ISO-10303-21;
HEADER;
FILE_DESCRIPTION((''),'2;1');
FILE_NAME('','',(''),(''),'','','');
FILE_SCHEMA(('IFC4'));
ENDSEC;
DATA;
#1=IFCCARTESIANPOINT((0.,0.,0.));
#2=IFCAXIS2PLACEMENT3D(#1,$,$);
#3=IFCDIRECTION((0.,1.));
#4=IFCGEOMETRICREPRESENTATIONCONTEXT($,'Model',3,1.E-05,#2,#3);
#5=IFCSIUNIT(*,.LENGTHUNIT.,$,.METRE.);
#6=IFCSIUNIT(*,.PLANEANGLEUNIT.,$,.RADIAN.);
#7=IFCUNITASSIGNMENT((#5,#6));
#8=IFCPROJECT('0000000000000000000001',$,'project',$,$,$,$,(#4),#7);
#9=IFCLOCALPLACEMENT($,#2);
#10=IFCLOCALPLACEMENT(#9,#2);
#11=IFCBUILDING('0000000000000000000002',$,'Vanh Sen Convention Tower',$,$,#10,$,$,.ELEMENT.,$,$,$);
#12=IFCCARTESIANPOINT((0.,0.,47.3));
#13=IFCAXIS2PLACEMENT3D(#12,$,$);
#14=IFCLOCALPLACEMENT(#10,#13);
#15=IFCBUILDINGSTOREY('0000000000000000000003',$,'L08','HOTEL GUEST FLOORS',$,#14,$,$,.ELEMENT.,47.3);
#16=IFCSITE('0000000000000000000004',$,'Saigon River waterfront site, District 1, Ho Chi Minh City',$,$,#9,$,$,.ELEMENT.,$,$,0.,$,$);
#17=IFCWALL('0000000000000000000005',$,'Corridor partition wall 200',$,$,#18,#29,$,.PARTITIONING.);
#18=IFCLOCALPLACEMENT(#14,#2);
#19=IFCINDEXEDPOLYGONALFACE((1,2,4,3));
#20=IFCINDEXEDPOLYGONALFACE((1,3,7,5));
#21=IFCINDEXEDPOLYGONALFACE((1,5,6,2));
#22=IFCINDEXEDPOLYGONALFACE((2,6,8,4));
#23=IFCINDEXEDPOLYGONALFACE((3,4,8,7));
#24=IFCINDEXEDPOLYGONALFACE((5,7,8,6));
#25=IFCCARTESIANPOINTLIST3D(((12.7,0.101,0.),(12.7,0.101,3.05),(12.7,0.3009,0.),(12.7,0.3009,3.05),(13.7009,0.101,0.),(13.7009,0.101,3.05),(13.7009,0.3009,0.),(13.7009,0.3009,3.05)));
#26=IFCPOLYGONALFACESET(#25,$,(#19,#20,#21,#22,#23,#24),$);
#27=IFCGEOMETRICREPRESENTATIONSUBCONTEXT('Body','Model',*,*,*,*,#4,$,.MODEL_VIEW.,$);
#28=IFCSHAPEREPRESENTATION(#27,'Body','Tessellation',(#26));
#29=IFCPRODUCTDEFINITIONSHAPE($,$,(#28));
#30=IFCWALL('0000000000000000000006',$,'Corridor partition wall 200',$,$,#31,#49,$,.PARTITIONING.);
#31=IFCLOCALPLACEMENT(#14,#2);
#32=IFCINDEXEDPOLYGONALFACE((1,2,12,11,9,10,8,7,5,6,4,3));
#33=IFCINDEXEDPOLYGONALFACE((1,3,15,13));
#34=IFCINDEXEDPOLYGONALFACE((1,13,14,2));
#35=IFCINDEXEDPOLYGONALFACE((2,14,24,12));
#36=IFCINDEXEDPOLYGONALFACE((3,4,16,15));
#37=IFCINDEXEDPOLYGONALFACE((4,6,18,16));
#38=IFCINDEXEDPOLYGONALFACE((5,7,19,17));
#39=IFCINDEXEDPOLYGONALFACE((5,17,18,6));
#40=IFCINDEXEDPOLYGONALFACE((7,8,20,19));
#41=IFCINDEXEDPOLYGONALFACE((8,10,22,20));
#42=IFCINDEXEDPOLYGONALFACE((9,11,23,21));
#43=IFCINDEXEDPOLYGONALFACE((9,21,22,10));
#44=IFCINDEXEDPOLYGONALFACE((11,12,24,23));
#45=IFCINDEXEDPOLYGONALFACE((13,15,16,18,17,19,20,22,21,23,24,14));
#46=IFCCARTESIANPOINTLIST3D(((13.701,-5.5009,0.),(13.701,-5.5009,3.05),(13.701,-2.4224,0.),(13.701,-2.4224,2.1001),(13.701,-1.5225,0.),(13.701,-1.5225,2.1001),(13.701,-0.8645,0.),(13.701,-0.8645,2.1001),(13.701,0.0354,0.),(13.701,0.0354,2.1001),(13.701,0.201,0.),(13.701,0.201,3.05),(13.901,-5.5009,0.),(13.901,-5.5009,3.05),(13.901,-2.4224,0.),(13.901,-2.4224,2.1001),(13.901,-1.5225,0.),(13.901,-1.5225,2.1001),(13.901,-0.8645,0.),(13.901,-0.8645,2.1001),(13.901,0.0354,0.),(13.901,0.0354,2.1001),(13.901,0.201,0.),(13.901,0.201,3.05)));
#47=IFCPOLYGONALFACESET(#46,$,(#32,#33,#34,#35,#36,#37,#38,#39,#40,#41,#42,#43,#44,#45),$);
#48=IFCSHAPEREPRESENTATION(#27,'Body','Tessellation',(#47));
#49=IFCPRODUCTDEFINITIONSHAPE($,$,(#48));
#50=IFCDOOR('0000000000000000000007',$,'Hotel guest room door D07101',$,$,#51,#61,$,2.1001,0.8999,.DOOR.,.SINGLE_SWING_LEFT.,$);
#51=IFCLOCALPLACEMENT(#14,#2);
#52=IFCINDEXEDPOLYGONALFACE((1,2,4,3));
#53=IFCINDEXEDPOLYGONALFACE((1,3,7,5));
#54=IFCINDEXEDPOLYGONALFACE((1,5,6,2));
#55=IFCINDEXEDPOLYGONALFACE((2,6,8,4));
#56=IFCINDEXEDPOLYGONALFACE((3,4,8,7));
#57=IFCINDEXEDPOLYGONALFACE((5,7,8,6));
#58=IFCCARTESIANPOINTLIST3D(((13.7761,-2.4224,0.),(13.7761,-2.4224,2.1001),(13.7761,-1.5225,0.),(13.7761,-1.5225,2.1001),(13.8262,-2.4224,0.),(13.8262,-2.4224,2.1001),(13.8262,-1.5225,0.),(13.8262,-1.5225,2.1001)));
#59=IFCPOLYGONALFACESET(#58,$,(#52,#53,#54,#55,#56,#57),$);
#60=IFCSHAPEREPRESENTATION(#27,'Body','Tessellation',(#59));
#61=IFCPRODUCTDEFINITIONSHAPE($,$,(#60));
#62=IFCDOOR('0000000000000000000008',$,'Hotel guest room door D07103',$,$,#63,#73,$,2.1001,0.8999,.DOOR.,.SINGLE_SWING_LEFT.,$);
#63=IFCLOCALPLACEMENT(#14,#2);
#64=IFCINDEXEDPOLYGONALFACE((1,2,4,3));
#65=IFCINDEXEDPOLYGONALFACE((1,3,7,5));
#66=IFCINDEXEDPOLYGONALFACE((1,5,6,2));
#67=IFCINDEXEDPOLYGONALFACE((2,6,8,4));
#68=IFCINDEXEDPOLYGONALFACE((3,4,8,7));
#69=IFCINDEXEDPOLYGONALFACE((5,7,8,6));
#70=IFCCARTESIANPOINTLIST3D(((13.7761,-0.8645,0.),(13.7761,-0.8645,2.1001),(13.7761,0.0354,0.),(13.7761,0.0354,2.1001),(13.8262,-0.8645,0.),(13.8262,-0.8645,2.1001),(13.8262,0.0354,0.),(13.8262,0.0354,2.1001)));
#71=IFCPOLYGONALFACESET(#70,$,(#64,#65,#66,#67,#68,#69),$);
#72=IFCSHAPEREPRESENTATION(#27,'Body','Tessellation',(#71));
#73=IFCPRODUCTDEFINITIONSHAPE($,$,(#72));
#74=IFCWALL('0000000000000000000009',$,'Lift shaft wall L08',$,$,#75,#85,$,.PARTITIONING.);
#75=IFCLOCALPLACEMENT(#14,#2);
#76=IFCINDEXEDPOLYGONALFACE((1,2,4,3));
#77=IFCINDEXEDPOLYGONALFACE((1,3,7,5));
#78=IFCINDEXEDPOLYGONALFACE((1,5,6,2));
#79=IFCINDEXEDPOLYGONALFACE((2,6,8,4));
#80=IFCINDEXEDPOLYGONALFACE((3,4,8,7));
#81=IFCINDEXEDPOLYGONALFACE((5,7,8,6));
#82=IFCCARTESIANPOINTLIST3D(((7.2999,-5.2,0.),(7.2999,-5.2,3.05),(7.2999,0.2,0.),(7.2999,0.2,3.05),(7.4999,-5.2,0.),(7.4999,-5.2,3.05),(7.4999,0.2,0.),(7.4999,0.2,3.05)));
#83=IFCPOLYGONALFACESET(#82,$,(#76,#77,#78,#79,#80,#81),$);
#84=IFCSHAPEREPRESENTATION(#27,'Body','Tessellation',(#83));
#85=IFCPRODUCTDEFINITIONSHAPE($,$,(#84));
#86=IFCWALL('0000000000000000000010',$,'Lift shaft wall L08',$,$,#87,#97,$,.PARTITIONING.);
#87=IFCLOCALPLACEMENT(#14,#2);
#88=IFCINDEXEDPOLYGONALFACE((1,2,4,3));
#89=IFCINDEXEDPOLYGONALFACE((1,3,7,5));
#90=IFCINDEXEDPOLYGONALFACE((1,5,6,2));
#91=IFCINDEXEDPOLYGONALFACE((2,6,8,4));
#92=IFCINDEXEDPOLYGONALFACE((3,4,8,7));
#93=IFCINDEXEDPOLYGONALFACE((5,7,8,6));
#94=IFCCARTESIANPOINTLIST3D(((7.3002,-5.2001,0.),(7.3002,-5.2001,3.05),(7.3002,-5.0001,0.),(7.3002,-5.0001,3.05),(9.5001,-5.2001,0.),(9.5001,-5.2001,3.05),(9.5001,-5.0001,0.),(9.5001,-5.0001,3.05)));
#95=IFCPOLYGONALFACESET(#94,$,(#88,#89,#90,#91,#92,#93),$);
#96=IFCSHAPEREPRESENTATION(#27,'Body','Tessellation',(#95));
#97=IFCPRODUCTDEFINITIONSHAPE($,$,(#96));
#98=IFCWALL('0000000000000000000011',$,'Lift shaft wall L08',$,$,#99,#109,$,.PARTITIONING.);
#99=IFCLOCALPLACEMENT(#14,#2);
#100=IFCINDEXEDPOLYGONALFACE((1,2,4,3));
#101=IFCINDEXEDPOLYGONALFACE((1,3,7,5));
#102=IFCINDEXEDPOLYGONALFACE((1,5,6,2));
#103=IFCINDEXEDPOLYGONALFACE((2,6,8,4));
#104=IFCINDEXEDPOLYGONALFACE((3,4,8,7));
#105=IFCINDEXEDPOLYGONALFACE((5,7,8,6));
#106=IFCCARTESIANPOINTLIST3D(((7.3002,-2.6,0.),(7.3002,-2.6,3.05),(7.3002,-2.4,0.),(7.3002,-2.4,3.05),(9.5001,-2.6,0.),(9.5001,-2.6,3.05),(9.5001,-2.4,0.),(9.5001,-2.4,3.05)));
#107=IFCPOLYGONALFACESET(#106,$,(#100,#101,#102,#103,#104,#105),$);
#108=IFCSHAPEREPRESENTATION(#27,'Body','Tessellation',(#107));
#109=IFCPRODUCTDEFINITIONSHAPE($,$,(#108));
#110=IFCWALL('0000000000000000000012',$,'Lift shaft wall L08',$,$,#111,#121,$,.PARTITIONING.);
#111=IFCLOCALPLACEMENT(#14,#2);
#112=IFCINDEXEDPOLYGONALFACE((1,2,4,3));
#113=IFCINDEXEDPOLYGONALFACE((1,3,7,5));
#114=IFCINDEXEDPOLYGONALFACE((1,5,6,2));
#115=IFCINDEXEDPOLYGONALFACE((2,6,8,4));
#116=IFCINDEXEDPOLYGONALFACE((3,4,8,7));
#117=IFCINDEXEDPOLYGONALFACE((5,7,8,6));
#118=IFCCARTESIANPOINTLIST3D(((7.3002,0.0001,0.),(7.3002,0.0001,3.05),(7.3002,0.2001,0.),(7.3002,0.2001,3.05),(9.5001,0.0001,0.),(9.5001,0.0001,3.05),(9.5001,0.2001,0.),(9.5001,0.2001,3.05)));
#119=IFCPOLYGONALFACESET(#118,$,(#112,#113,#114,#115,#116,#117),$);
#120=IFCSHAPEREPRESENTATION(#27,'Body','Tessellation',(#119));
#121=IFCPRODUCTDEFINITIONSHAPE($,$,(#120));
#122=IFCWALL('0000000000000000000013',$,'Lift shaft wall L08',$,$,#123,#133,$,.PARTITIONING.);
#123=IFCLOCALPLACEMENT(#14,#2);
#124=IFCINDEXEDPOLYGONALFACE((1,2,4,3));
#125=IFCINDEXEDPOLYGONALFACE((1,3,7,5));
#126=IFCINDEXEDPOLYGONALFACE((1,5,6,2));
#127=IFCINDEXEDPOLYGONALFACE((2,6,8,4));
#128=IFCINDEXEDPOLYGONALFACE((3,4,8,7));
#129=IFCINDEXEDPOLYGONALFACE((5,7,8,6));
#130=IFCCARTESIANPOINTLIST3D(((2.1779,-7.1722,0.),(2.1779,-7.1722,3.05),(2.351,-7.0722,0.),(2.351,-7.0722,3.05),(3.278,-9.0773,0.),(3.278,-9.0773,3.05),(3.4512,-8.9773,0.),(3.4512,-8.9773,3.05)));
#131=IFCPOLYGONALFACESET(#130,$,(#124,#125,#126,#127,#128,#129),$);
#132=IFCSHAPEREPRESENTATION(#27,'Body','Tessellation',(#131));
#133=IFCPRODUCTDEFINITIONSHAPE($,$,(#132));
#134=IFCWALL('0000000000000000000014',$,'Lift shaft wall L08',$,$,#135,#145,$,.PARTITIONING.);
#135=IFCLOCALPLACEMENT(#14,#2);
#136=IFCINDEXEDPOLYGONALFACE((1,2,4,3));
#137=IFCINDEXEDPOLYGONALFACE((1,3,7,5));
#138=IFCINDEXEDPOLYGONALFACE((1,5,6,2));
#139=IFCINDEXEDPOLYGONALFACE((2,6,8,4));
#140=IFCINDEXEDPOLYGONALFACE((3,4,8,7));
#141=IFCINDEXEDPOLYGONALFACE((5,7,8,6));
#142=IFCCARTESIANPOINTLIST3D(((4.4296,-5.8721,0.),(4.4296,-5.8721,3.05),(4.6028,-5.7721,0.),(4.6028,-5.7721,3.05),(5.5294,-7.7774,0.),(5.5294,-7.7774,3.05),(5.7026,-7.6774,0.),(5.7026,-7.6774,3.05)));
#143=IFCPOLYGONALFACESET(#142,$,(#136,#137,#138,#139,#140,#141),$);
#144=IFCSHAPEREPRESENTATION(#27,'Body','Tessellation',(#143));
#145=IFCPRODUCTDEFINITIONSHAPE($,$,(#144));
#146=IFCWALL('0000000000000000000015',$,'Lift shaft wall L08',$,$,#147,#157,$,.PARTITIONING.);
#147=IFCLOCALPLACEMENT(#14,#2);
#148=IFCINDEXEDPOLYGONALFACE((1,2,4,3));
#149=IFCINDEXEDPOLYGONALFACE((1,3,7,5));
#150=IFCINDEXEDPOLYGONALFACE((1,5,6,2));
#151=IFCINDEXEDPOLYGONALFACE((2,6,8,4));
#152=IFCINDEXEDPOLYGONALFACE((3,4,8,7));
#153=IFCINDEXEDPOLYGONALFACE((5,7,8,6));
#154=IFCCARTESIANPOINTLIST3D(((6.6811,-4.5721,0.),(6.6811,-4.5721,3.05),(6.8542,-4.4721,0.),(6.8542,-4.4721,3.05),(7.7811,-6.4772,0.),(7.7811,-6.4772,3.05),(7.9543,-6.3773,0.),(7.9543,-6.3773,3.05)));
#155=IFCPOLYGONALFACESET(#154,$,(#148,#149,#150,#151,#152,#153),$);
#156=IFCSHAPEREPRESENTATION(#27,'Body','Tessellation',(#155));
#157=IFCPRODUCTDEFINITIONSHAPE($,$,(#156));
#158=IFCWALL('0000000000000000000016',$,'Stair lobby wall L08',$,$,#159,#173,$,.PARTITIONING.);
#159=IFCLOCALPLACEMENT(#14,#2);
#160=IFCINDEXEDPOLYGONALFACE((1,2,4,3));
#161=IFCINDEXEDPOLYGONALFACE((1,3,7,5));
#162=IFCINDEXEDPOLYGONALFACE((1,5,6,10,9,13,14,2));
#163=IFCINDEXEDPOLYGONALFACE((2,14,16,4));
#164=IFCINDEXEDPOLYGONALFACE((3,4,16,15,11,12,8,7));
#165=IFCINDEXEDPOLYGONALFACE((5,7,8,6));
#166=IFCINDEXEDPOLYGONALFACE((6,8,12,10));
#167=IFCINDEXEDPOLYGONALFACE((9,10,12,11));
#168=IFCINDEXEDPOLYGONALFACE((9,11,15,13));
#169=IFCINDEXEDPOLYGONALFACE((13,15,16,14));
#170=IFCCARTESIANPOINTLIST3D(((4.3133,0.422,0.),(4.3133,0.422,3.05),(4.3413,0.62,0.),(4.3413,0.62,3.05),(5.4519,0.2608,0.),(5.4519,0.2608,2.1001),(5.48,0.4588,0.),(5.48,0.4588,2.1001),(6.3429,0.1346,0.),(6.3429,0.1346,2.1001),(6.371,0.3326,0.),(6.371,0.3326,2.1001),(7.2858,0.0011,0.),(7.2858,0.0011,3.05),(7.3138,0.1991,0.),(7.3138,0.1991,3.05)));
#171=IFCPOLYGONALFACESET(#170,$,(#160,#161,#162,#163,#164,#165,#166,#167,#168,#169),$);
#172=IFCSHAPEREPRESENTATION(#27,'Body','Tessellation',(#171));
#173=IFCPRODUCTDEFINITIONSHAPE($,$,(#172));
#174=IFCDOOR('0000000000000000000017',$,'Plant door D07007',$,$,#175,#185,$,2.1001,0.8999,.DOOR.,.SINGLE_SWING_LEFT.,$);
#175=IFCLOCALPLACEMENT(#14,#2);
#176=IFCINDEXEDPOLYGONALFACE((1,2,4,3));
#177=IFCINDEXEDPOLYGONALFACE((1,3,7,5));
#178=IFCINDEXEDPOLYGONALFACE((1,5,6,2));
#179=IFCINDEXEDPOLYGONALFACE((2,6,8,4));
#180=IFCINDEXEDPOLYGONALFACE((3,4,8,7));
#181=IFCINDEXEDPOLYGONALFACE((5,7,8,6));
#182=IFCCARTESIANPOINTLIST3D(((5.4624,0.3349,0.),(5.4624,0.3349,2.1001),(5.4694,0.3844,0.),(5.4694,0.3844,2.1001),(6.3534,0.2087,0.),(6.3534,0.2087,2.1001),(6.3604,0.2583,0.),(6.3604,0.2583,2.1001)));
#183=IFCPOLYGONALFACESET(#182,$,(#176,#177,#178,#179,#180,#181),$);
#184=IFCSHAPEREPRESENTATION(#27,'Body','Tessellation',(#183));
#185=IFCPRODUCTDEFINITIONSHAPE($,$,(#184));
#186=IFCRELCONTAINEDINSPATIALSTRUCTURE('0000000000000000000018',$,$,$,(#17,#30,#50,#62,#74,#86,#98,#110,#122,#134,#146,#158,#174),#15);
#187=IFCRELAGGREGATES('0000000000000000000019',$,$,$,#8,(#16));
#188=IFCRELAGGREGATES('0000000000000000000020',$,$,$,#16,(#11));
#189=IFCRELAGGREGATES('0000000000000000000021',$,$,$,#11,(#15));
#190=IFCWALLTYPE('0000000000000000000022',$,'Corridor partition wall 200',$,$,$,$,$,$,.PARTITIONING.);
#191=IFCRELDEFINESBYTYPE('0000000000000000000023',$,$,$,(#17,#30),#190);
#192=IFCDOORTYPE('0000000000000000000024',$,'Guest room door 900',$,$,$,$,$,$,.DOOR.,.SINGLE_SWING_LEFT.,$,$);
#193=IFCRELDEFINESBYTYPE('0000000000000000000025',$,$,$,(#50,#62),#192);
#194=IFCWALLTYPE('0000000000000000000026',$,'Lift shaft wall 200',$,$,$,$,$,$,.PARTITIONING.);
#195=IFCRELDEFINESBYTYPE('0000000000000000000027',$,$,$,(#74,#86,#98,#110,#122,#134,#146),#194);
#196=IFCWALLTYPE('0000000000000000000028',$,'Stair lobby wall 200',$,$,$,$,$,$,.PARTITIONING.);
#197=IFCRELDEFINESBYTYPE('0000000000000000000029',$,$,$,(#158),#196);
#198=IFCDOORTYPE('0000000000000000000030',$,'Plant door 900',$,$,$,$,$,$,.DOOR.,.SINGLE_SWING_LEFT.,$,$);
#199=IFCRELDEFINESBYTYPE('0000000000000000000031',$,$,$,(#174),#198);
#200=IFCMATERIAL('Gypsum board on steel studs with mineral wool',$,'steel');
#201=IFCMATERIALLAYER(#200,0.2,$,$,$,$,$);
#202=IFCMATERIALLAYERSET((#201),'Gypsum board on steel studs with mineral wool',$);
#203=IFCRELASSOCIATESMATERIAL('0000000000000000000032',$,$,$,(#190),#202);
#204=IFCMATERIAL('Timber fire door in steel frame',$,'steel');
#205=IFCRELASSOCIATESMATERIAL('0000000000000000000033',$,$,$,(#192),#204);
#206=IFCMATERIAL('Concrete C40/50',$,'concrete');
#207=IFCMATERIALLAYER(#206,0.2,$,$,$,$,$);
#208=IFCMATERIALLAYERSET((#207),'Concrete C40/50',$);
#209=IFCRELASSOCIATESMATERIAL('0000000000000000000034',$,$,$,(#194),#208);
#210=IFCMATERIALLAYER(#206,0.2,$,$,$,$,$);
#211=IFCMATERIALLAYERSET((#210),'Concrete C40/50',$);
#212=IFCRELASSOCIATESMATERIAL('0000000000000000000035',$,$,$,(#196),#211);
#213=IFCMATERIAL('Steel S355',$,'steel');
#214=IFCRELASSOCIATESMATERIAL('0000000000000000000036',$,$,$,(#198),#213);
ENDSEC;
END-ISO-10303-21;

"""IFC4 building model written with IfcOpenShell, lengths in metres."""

from ifc_helpers import new_model, si_unit, direction, frame, frame_2d, origin, place, context, subcontext, project, spatial, rectangle, extrude, material, layer, layer_set, type_object, element, fill, save


model = new_model("IFC4")

# Units and contexts
model_context = context("Model", 3, precision=1e-05, world=origin(), true_north=direction((0.0, 1.0)))
body_context = subcontext(model_context, "Body", "Model", "MODEL_VIEW")
ifc_project = project(units=[si_unit("LENGTHUNIT", "METRE"), si_unit("PLANEANGLEUNIT", "RADIAN")], contexts=[model_context])

# Site, building, storey
site_placement = place(None, origin())
site = spatial("IfcSite", under=ifc_project, at=site_placement, Name="Saigon River waterfront site, District 1, Ho Chi Minh City", CompositionType="ELEMENT", RefElevation=0.0)
building_placement = place(site_placement, origin())
building = spatial("IfcBuilding", under=site, at=building_placement, Name="Vanh Sen Convention Tower", CompositionType="ELEMENT")
storey_placement = place(building_placement, frame((0.0, 0.0, 47.3)))
storey = spatial("IfcBuildingStorey", under=building, at=storey_placement, Name="L08", Description="HOTEL GUEST FLOORS", CompositionType="ELEMENT", Elevation=47.3)

# Shared definitions
ifc_material_1 = material(Name="Steel S355", Category="steel")

# Shared definitions
ifc_material_2 = material(Name="Gypsum board on steel studs with mineral wool", Category="steel")
ifc_layer_1 = layer(ifc_material_2, 0.2)
ifc_layer_set_1 = layer_set([ifc_layer_1], Name="Gypsum board on steel studs with mineral wool")
wall_type_1 = type_object("IfcWallType", Name="Corridor partition wall 200", PredefinedType="PARTITIONING", material=ifc_layer_set_1)

# Shared definitions
ifc_material_3 = material(Name="Timber fire door in steel frame", Category="steel")

# Wall
wall_1_placement = place(storey_placement, frame((13.7009, 0.2009, 0.0), z_axis=(0.0, 0.0, 1.0), x_axis=(-1.0, 0.0, 0.0)))
element("IfcWall", 1, at=wall_1_placement, inside=storey, type_object=wall_type_1, Name="Corridor partition wall 200", PredefinedType="PARTITIONING", context=body_context, shape_type="SweptSolid", body=[
    extrude(rectangle(XDim=1.001, YDim=0.2, at=frame_2d((0.5005, 0.0))), origin(), (0.0, 0.0, 1.0), 3.05),
])

# Wall, openings, doors
wall_2_placement = place(storey_placement, frame((13.801, -5.501, 0.0), z_axis=(0.0, 0.0, 1.0), x_axis=(0.0, 1.0, 0.0)))
wall_2 = element("IfcWall", 2, at=wall_2_placement, inside=storey, type_object=wall_type_1, Name="Corridor partition wall 200", PredefinedType="PARTITIONING", context=body_context, shape_type="SweptSolid", body=[
    extrude(rectangle(XDim=5.7019, YDim=0.2, at=frame_2d((2.8511, 0.0))), origin(), (0.0, 0.0, 1.0), 3.05),
])
opening_1_placement = place(wall_2_placement, frame((3.0786, 0.0, 0.0)))
opening_1 = element("IfcOpeningElement", 3, at=opening_1_placement, cuts=wall_2, PredefinedType="OPENING", context=body_context, shape_type="SweptSolid", body=[
    extrude(rectangle(XDim=0.8999, YDim=2.1001, at=frame_2d((0.45, 1.05))), frame((0.0, 0.1099, 0.0), z_axis=(0.0, -1.0, 0.0), x_axis=(1.0, 0.0, 0.0)), (0.0, 0.0, 1.0), 0.22),
])
opening_2_placement = place(wall_2_placement, frame((4.6365, 0.0, 0.0)))
opening_2 = element("IfcOpeningElement", 4, at=opening_2_placement, cuts=wall_2, PredefinedType="OPENING", context=body_context, shape_type="SweptSolid", body=[
    extrude(rectangle(XDim=0.8999, YDim=2.1001, at=frame_2d((0.45, 1.05))), frame((0.0, 0.1099, 0.0), z_axis=(0.0, -1.0, 0.0), x_axis=(1.0, 0.0, 0.0)), (0.0, 0.0, 1.0), 0.22),
])
door_type_1 = type_object("IfcDoorType", Name="Guest room door 900", OperationType="SINGLE_SWING_LEFT", PredefinedType="DOOR", material=ifc_material_3)
door_1_placement = place(opening_1_placement, origin())
door_1 = element("IfcDoor", 5, at=door_1_placement, inside=storey, type_object=door_type_1, Name="Hotel guest room door D07101", OperationType="SINGLE_SWING_LEFT", OverallHeight=2.1001, OverallWidth=0.8999, PredefinedType="DOOR", context=body_context, shape_type="SweptSolid", body=[
    extrude(rectangle(XDim=0.8999, YDim=2.1001, at=frame_2d((0.45, 1.05))), frame((0.0, 0.0249, 0.0), z_axis=(0.0, -1.0, 0.0), x_axis=(1.0, 0.0, 0.0)), (0.0, 0.0, 1.0), 0.05),
])
fill(opening_1, door_1)
door_2_placement = place(opening_2_placement, origin())
door_2 = element("IfcDoor", 6, at=door_2_placement, inside=storey, type_object=door_type_1, Name="Hotel guest room door D07103", OperationType="SINGLE_SWING_LEFT", OverallHeight=2.1001, OverallWidth=0.8999, PredefinedType="DOOR", context=body_context, shape_type="SweptSolid", body=[
    extrude(rectangle(XDim=0.8999, YDim=2.1001, at=frame_2d((0.45, 1.05))), frame((0.0, 0.0249, 0.0), z_axis=(0.0, -1.0, 0.0), x_axis=(1.0, 0.0, 0.0)), (0.0, 0.0, 1.0), 0.05),
])
fill(opening_2, door_2)

# Walls
ifc_material_4 = material(Name="Concrete C40/50", Category="concrete")
ifc_layer_2 = layer(ifc_material_4, 0.2)
ifc_layer_set_2 = layer_set([ifc_layer_2], Name="Concrete C40/50")
wall_type_2 = type_object("IfcWallType", Name="Lift shaft wall 200", PredefinedType="PARTITIONING", material=ifc_layer_set_2)
wall_3_placement = place(storey_placement, frame((7.3999, -5.2, 0.0), z_axis=(0.0, 0.0, 1.0), x_axis=(0.0, 1.0, 0.0)))
element("IfcWall", 7, at=wall_3_placement, inside=storey, type_object=wall_type_2, Name="Lift shaft wall L08", PredefinedType="PARTITIONING", context=body_context, shape_type="SweptSolid", body=[
    extrude(rectangle(XDim=5.3999, YDim=0.2, at=frame_2d((2.7, 0.0))), origin(), (0.0, 0.0, 1.0), 3.05),
])
for number, where, z_axis, x_axis, name in (
    (8, (7.3, -5.1001, 0.0), (0.0, 0.0, 1.0), (1.0, 0.0, 0.0), "Lift shaft wall L08"),
    (9, (7.3, -2.5, 0.0), (0.0, 0.0, 1.0), (1.0, 0.0, 0.0), "Lift shaft wall L08"),
    (10, (7.3, 0.1001, 0.0), (0.0, 0.0, 1.0), (1.0, 0.0, 0.0), "Lift shaft wall L08"),
    (11, (2.2644, -7.1221, 0.0), (0.0, 0.0, 1.0), (0.500078, -0.86598, 0.0), "Lift shaft wall L08"),
    (12, (4.5161, -5.822, 0.0), (0.0, 0.0, 1.0), (0.499947, -0.866056, 0.0), "Lift shaft wall L08"),
    (13, (6.7676, -4.522, 0.0), (0.0, 0.0, 1.0), (0.50003, -0.866008, 0.0), "Lift shaft wall L08"),
):
    element("IfcWall", number, at=place(storey_placement, frame(where, z_axis=z_axis, x_axis=x_axis)), inside=storey, type_object=wall_type_2, Name=name, PredefinedType="PARTITIONING", context=body_context, shape_type="SweptSolid", body=[
        extrude(rectangle(XDim=2.2, YDim=0.2, at=frame_2d((1.1001, 0.0))), origin(), (0.0, 0.0, 1.0), 3.05),
    ])

# Wall, opening, door
ifc_layer_3 = layer(ifc_material_4, 0.2)
ifc_layer_set_3 = layer_set([ifc_layer_3], Name="Concrete C40/50")
wall_type_3 = type_object("IfcWallType", Name="Stair lobby wall 200", PredefinedType="PARTITIONING", material=ifc_layer_set_3)
wall_4_placement = place(storey_placement, frame((4.3274, 0.521, 0.0), z_axis=(0.0, 0.0, 1.0), x_axis=(0.990124, -0.140192, 0.0)))
wall_4 = element("IfcWall", 14, at=wall_4_placement, inside=storey, type_object=wall_type_3, Name="Stair lobby wall L08", PredefinedType="PARTITIONING", context=body_context, shape_type="SweptSolid", body=[
    extrude(rectangle(XDim=3.0022, YDim=0.2, at=frame_2d((1.501, 0.0))), origin(), (0.0, 0.0, 1.0), 3.05),
])
opening_3_placement = place(wall_4_placement, frame((1.1499, 0.0, 0.0)))
opening_3 = element("IfcOpeningElement", 15, at=opening_3_placement, cuts=wall_4, PredefinedType="OPENING", context=body_context, shape_type="SweptSolid", body=[
    extrude(rectangle(XDim=0.8999, YDim=2.1001, at=frame_2d((0.45, 1.05))), frame((0.0, 0.1099, 0.0), z_axis=(0.0, -1.0, 0.0), x_axis=(1.0, 0.0, 0.0)), (0.0, 0.0, 1.0), 0.22),
])
door_type_2 = type_object("IfcDoorType", Name="Plant door 900", OperationType="SINGLE_SWING_LEFT", PredefinedType="DOOR", material=ifc_material_1)
door_3_placement = place(opening_3_placement, origin())
door_3 = element("IfcDoor", 16, at=door_3_placement, inside=storey, type_object=door_type_2, Name="Plant door D07007", OperationType="SINGLE_SWING_LEFT", OverallHeight=2.1001, OverallWidth=0.8999, PredefinedType="DOOR", context=body_context, shape_type="SweptSolid", body=[
    extrude(rectangle(XDim=0.8999, YDim=2.1001, at=frame_2d((0.45, 1.05))), frame((0.0, 0.0249, 0.0), z_axis=(0.0, -1.0, 0.0), x_axis=(1.0, 0.0, 0.0)), (0.0, 0.0, 1.0), 0.05),
])
fill(opening_3, door_3)

save(model, "model.ifc")
